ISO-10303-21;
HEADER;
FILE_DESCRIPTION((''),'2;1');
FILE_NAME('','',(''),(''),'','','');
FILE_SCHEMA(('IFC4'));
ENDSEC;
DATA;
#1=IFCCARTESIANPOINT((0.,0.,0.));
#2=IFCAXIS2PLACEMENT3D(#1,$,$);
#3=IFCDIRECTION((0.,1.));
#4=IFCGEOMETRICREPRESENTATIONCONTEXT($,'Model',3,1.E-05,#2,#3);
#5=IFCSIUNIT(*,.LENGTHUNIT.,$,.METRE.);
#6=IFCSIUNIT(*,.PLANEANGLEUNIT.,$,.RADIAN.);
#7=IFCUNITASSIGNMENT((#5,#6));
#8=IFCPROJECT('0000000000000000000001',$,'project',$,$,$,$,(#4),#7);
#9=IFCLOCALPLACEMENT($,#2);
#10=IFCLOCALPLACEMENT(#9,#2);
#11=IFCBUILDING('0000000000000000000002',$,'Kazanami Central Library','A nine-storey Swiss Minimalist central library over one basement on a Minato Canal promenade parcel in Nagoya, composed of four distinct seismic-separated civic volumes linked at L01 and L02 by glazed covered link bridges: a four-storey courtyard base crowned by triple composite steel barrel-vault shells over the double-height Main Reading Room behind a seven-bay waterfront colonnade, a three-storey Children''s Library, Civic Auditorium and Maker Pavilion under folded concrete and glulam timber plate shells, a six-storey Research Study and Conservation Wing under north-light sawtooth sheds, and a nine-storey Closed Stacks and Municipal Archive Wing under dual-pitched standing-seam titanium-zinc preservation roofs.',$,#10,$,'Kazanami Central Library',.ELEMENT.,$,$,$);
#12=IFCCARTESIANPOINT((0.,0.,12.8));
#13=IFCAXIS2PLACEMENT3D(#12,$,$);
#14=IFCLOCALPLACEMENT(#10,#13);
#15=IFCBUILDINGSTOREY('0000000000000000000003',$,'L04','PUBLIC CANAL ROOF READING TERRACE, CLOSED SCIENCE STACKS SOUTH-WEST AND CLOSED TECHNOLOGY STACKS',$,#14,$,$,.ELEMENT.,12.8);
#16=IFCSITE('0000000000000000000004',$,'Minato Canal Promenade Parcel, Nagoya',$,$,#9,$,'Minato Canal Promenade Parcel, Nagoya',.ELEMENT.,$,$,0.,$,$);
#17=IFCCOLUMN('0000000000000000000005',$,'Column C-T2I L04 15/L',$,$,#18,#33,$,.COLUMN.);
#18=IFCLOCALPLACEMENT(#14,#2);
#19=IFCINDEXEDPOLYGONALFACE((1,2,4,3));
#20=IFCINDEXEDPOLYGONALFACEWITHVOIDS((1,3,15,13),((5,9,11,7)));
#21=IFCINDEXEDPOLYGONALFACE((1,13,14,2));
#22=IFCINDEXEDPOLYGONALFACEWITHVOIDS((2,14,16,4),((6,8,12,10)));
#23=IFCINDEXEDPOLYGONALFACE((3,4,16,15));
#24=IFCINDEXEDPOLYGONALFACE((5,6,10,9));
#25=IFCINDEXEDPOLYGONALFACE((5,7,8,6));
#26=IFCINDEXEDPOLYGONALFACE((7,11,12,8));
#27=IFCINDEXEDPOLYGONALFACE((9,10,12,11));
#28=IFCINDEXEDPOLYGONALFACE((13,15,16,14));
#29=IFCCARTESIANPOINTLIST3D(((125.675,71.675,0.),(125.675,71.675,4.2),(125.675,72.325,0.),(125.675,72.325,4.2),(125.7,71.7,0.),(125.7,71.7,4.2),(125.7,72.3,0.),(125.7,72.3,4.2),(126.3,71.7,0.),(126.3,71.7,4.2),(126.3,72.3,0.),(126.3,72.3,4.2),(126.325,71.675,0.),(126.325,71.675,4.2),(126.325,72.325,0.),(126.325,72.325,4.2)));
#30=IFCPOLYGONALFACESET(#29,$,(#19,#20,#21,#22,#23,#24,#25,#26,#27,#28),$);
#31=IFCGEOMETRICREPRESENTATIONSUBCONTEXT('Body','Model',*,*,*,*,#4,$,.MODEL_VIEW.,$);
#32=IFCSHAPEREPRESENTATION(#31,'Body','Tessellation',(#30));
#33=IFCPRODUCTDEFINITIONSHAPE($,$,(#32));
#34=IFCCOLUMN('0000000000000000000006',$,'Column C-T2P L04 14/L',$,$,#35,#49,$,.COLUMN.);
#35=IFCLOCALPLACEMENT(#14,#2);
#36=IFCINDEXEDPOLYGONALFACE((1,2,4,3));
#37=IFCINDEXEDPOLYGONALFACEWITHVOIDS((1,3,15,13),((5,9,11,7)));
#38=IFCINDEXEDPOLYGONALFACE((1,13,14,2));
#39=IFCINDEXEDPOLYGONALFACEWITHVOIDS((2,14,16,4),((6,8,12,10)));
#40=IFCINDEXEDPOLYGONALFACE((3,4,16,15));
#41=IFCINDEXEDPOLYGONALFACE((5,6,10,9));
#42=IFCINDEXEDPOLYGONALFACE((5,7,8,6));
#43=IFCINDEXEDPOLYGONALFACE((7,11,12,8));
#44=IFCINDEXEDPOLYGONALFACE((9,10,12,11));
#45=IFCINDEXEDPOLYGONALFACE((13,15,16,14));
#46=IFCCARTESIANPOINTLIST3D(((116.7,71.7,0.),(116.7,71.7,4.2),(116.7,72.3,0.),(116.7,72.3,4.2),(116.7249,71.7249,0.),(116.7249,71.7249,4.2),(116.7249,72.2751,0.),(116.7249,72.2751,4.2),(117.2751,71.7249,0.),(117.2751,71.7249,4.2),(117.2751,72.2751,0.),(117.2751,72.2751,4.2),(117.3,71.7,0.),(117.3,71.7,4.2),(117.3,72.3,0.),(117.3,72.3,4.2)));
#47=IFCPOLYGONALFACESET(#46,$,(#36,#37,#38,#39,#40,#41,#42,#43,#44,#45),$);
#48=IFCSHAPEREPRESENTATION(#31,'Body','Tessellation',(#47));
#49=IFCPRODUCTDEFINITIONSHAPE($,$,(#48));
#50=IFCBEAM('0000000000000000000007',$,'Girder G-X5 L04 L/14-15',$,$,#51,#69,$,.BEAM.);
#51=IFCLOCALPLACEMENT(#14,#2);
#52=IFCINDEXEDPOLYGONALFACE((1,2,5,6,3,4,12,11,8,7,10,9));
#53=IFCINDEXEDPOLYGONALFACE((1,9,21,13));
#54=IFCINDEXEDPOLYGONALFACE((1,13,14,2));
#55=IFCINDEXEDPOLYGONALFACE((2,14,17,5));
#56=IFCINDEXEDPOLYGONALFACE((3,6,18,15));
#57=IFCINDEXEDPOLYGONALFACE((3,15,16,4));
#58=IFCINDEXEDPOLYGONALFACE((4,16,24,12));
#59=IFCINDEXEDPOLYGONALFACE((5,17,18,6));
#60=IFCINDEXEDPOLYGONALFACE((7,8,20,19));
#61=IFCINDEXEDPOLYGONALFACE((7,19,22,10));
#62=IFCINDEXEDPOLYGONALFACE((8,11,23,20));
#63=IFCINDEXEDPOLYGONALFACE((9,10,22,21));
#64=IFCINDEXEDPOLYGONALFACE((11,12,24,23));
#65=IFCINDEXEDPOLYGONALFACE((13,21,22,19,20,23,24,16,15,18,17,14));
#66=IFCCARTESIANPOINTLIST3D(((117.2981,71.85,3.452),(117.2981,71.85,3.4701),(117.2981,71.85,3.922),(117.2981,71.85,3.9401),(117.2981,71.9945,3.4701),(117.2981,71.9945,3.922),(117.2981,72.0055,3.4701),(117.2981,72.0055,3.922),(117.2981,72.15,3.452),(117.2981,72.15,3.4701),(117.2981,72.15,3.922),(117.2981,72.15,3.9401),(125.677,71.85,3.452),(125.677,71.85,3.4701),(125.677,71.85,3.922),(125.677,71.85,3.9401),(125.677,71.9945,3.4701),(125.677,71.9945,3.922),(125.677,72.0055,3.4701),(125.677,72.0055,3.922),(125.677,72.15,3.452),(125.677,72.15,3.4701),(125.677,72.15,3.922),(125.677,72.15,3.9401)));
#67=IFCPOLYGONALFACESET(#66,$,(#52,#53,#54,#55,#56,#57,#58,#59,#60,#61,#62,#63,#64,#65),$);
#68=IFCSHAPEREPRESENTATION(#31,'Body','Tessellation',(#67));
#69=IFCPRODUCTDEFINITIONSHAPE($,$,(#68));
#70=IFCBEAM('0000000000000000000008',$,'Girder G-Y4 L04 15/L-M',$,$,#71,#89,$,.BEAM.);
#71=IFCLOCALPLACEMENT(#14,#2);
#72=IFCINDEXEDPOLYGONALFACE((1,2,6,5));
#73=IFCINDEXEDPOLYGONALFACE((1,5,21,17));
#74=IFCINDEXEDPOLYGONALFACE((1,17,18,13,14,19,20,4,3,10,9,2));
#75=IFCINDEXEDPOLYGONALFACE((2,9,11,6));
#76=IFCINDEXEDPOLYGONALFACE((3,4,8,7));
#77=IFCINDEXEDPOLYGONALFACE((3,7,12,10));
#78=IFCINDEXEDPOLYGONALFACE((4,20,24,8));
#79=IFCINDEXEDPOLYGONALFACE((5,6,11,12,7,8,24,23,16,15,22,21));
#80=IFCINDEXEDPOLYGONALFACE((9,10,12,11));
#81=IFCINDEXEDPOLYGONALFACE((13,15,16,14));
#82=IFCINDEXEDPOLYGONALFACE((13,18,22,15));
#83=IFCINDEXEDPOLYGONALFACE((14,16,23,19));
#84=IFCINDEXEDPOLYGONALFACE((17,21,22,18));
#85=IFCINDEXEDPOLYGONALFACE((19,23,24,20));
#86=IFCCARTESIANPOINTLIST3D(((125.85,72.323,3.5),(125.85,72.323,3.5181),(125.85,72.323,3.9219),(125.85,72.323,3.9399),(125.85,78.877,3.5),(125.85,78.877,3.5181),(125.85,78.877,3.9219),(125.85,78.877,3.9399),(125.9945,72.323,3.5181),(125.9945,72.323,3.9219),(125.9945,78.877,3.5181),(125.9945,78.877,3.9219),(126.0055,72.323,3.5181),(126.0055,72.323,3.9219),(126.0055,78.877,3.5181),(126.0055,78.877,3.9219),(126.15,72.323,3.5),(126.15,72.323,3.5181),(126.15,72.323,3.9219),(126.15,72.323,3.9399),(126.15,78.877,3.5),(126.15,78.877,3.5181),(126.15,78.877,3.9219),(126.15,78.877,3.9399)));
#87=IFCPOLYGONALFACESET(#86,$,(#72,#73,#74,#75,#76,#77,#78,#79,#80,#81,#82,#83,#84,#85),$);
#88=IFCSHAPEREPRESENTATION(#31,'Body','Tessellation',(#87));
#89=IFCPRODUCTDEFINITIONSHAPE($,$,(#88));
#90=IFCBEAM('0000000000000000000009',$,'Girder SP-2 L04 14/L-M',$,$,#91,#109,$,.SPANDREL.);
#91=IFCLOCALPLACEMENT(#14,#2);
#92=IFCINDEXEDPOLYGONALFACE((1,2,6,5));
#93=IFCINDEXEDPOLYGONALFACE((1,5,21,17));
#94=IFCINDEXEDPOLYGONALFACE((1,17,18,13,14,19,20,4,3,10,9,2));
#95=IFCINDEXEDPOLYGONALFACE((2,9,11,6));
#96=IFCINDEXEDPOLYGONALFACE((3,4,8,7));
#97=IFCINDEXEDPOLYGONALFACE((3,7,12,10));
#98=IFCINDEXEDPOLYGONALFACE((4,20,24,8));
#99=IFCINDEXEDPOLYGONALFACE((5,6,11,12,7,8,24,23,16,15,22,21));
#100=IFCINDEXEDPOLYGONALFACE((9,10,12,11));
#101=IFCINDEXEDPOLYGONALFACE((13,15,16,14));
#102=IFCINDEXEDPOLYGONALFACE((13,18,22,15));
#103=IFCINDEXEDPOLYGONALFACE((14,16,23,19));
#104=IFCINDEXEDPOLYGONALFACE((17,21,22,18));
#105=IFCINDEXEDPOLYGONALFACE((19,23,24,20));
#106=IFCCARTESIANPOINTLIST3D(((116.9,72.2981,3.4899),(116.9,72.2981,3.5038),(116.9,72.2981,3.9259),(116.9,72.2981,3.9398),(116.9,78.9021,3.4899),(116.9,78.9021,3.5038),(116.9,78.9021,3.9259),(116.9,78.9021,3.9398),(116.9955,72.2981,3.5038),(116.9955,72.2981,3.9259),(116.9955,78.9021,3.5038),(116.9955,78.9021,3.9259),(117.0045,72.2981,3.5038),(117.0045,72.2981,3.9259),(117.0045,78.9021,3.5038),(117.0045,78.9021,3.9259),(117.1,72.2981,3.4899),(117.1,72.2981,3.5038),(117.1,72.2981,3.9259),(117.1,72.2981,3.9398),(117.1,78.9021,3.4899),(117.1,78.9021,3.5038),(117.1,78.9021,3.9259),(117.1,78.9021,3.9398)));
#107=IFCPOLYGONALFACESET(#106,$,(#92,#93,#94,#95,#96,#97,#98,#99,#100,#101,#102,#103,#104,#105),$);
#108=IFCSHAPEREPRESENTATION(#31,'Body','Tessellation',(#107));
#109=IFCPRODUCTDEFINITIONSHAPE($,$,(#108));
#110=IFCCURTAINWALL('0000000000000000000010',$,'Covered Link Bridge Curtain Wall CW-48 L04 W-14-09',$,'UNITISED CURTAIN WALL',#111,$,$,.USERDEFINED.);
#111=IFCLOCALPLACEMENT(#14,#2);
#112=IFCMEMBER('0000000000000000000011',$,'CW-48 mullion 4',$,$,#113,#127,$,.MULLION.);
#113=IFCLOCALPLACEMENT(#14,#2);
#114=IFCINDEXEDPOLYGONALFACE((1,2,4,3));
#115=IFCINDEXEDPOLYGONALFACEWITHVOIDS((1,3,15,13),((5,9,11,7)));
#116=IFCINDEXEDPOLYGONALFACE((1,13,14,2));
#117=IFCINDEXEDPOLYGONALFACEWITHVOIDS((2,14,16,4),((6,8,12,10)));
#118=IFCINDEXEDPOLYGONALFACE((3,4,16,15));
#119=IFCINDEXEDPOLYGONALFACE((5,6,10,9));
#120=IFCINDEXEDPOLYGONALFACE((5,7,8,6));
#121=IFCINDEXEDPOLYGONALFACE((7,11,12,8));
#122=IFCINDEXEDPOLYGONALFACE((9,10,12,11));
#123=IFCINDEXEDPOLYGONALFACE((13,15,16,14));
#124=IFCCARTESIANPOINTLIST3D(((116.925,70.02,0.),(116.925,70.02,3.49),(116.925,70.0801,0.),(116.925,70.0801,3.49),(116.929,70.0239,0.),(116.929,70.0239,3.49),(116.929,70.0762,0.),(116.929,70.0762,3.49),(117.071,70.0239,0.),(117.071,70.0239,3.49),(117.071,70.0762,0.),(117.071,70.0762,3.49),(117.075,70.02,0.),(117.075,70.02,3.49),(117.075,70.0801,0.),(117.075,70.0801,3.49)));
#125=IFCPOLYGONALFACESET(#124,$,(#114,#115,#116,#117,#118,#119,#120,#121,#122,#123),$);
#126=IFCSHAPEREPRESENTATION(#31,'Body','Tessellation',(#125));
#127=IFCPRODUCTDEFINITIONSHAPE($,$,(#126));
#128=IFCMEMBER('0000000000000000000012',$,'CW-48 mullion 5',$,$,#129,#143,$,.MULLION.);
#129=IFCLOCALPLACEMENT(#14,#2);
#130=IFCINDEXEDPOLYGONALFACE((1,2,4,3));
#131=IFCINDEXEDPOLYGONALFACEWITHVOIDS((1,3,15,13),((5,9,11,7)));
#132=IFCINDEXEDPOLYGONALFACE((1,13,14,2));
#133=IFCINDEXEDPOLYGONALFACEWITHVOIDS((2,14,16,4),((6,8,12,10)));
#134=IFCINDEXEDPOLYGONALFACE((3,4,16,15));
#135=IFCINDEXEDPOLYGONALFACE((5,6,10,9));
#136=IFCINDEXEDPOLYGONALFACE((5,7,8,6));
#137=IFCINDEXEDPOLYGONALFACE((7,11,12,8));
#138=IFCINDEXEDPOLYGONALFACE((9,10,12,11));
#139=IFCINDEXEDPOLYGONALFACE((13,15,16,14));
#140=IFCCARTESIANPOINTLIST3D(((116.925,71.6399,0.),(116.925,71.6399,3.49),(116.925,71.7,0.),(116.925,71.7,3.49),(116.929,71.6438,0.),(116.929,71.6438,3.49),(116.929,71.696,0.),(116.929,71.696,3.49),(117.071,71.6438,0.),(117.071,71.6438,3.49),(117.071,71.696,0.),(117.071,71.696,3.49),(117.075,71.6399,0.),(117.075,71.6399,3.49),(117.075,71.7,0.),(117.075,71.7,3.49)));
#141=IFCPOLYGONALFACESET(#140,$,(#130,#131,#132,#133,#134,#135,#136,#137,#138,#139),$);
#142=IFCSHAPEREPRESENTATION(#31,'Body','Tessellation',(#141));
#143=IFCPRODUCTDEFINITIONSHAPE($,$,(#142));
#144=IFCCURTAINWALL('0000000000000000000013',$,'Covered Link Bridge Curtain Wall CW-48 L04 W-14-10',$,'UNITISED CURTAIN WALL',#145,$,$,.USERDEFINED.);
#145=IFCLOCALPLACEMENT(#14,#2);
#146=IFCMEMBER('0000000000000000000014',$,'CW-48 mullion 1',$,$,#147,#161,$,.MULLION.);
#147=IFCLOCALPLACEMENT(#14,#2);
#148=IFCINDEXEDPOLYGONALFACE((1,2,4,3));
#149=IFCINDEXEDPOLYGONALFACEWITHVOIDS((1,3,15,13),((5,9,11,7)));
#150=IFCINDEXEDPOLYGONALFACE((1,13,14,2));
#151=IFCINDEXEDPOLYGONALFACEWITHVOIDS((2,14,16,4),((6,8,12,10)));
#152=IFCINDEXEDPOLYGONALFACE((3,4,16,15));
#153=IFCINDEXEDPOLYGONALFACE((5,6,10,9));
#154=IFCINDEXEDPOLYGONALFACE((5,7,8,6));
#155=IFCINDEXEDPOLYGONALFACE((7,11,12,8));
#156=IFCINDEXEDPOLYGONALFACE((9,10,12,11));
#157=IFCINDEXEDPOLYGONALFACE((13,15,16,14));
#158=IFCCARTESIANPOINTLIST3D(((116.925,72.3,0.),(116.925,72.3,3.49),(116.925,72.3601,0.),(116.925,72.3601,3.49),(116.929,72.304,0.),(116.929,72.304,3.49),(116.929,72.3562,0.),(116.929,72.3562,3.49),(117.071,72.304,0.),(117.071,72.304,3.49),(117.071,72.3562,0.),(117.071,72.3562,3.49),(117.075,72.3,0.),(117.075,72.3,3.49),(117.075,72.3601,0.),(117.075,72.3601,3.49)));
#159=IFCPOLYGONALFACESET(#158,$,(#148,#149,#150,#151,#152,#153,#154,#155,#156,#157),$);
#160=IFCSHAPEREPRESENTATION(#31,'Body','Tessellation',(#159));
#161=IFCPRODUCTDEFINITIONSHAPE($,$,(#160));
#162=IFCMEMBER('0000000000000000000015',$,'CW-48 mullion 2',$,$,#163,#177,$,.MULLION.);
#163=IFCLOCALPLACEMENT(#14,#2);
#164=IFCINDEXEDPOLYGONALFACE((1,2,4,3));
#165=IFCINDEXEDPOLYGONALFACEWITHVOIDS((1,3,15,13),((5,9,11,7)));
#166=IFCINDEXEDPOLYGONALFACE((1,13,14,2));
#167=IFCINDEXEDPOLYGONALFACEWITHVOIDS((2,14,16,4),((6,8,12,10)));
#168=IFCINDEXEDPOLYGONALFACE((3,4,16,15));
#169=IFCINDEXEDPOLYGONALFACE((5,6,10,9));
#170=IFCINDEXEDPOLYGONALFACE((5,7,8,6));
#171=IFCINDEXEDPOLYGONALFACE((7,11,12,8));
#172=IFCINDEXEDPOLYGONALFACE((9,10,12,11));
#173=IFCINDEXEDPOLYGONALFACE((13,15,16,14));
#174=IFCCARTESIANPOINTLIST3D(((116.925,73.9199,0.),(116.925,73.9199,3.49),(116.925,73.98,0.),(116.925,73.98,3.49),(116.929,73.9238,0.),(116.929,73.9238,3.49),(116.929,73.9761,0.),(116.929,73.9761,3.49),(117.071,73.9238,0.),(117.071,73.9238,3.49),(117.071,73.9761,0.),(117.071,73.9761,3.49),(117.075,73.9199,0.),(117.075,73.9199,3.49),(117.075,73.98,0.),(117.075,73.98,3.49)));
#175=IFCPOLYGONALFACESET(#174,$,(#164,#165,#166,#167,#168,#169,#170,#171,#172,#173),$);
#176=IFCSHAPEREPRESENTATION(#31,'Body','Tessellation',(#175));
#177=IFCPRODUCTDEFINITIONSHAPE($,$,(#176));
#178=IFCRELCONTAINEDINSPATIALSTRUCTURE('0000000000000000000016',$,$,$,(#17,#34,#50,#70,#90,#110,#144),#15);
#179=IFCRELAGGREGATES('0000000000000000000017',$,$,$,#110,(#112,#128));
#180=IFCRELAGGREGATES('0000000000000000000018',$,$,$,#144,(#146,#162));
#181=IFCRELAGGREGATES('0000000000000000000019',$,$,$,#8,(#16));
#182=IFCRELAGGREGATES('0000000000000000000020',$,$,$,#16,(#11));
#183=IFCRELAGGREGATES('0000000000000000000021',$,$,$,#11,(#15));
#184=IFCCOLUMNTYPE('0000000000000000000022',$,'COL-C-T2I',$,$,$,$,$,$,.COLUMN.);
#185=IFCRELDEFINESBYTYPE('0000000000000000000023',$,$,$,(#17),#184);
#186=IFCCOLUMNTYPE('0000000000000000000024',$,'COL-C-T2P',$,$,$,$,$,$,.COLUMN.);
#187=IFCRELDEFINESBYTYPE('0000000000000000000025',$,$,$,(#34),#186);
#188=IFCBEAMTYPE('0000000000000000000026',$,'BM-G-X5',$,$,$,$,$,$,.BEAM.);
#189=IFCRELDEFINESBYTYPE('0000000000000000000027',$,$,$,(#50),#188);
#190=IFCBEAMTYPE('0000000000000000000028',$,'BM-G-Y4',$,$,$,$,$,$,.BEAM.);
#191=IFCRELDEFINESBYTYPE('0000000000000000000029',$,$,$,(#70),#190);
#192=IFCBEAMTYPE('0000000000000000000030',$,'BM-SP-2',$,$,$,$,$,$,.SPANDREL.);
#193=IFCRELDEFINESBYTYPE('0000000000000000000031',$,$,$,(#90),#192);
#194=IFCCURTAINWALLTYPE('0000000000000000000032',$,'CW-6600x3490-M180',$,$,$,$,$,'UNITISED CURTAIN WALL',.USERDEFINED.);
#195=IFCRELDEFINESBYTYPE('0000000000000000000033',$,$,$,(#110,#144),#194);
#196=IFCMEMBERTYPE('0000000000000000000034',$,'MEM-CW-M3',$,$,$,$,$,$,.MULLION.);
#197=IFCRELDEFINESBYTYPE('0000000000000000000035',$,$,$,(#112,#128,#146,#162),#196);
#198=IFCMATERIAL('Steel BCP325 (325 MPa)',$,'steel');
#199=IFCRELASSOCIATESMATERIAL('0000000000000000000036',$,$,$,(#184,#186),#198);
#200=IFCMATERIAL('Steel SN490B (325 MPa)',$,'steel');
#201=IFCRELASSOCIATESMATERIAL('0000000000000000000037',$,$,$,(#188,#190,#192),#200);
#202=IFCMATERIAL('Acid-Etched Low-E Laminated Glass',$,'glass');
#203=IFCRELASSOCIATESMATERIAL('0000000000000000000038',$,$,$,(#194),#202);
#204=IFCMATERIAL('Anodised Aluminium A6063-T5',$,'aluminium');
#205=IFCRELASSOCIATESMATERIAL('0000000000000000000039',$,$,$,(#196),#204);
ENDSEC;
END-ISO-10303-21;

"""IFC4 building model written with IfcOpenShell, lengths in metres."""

from ifc_helpers import new_model, si_unit, direction, frame, origin, origin_2d, place, context, subcontext, project, spatial, hollow_rectangle, i_section, extrude, material, material_profile, profile_set, type_object, element, aggregate, save


model = new_model("IFC4")

# Units and contexts
model_context = context("Model", 3, precision=1e-05, world=origin(), true_north=direction((0.0, 1.0)))
body_context = subcontext(model_context, "Body", "Model", "MODEL_VIEW")
ifc_project = project(units=[si_unit("LENGTHUNIT", "METRE"), si_unit("PLANEANGLEUNIT", "RADIAN")], contexts=[model_context])

# Site, building, storey
site_placement = place(None, origin())
site = spatial("IfcSite", under=ifc_project, at=site_placement, Name="Minato Canal Promenade Parcel, Nagoya", LongName="Minato Canal Promenade Parcel, Nagoya", CompositionType="ELEMENT", RefElevation=0.0)
building_placement = place(site_placement, origin())
building = spatial("IfcBuilding", under=site, at=building_placement, Name="Kazanami Central Library", Description="A nine-storey Swiss Minimalist central library over one basement on a Minato Canal promenade parcel in Nagoya, composed of four distinct seismic-separated civic volumes linked at L01 and L02 by glazed covered link bridges: a four-storey courtyard base crowned by triple composite steel barrel-vault shells over the double-height Main Reading Room behind a seven-bay waterfront colonnade, a three-storey Children's Library, Civic Auditorium and Maker Pavilion under folded concrete and glulam timber plate shells, a six-storey Research Study and Conservation Wing under north-light sawtooth sheds, and a nine-storey Closed Stacks and Municipal Archive Wing under dual-pitched standing-seam titanium-zinc preservation roofs.", LongName="Kazanami Central Library", CompositionType="ELEMENT")
storey_placement = place(building_placement, frame((0.0, 0.0, 12.8)))
storey = spatial("IfcBuildingStorey", under=building, at=storey_placement, Name="L04", Description="PUBLIC CANAL ROOF READING TERRACE, CLOSED SCIENCE STACKS SOUTH-WEST AND CLOSED TECHNOLOGY STACKS", CompositionType="ELEMENT", Elevation=12.8)

# Columns
ifc_material_1 = material(Name="Steel BCP325 (325 MPa)", Category="steel")
ifc_material_profile_1 = material_profile(ifc_material_1, hollow_rectangle(XDim=0.6499, YDim=0.6499, WallThickness=0.0249, at=origin_2d()), Name="BCP-650x650x25")
ifc_profile_set_1 = profile_set([ifc_material_profile_1], Name="Steel BCP325 (325 MPa)")
column_type_1 = type_object("IfcColumnType", Name="COL-C-T2I", PredefinedType="COLUMN", material=ifc_profile_set_1)
column_1_placement = place(storey_placement, frame((126.0, 72.0, 0.0), z_axis=(0.0, 0.0, 1.0), x_axis=(1.0, 0.0, 0.0)))
element("IfcColumn", 1, at=column_1_placement, inside=storey, type_object=column_type_1, Name="Column C-T2I L04 15/L", PredefinedType="COLUMN", context=body_context, shape_type="SweptSolid", body=[
    extrude(hollow_rectangle(XDim=0.6499, YDim=0.6499, WallThickness=0.0249, at=origin_2d()), origin(), (0.0, 0.0, 1.0), 4.2),
])
ifc_material_profile_2 = material_profile(ifc_material_1, hollow_rectangle(XDim=0.6001, YDim=0.6001, WallThickness=0.0249, at=origin_2d()), Name="BCP-600x600x25")
ifc_profile_set_2 = profile_set([ifc_material_profile_2], Name="Steel BCP325 (325 MPa)")
column_type_2 = type_object("IfcColumnType", Name="COL-C-T2P", PredefinedType="COLUMN", material=ifc_profile_set_2)
column_2_placement = place(storey_placement, frame((117.0, 72.0, 0.0), z_axis=(0.0, 0.0, 1.0), x_axis=(1.0, 0.0, 0.0)))
element("IfcColumn", 2, at=column_2_placement, inside=storey, type_object=column_type_2, Name="Column C-T2P L04 14/L", PredefinedType="COLUMN", context=body_context, shape_type="SweptSolid", body=[
    extrude(hollow_rectangle(XDim=0.6001, YDim=0.6001, WallThickness=0.0249, at=origin_2d()), origin(), (0.0, 0.0, 1.0), 4.2),
])

# Beams
ifc_material_2 = material(Name="Steel SN490B (325 MPa)", Category="steel")
ifc_material_profile_3 = material_profile(ifc_material_2, i_section(OverallWidth=0.3, OverallDepth=0.488, WebThickness=0.011, FlangeThickness=0.0181, at=origin_2d()), Name="H-488x300x11x18")
ifc_profile_set_3 = profile_set([ifc_material_profile_3], Name="Steel SN490B (325 MPa)")
beam_type_1 = type_object("IfcBeamType", Name="BM-G-X5", PredefinedType="BEAM", material=ifc_profile_set_3)
beam_1_placement = place(storey_placement, frame((117.2981, 72.0, 3.696), z_axis=(1.0, 0.0, 0.0), x_axis=(0.0, 1.0, 0.0)))
element("IfcBeam", 3, at=beam_1_placement, inside=storey, type_object=beam_type_1, Name="Girder G-X5 L04 L/14-15", PredefinedType="BEAM", context=body_context, shape_type="SweptSolid", body=[
    extrude(i_section(OverallWidth=0.3, OverallDepth=0.488, WebThickness=0.011, FlangeThickness=0.0181, at=origin_2d()), origin(), (0.0, 0.0, 1.0), 8.3789),
])
ifc_material_profile_4 = material_profile(ifc_material_2, i_section(OverallWidth=0.3, OverallDepth=0.4399, WebThickness=0.011, FlangeThickness=0.0181, at=origin_2d()), Name="H-440x300x11x18")
ifc_profile_set_4 = profile_set([ifc_material_profile_4], Name="Steel SN490B (325 MPa)")
beam_type_2 = type_object("IfcBeamType", Name="BM-G-Y4", PredefinedType="BEAM", material=ifc_profile_set_4)
beam_2_placement = place(storey_placement, frame((126.0, 72.323, 3.72), z_axis=(0.0, 1.0, 0.0), x_axis=(-1.0, 0.0, 0.0)))
element("IfcBeam", 4, at=beam_2_placement, inside=storey, type_object=beam_type_2, Name="Girder G-Y4 L04 15/L-M", PredefinedType="BEAM", context=body_context, shape_type="SweptSolid", body=[
    extrude(i_section(OverallWidth=0.3, OverallDepth=0.4399, WebThickness=0.011, FlangeThickness=0.0181, at=origin_2d()), origin(), (0.0, 0.0, 1.0), 6.554),
])
ifc_material_profile_5 = material_profile(ifc_material_2, i_section(OverallWidth=0.2, OverallDepth=0.45, WebThickness=0.009, FlangeThickness=0.0139, at=origin_2d()), Name="H-450x200x9x14")
ifc_profile_set_5 = profile_set([ifc_material_profile_5], Name="Steel SN490B (325 MPa)")
beam_type_3 = type_object("IfcBeamType", Name="BM-SP-2", PredefinedType="SPANDREL", material=ifc_profile_set_5)
beam_3_placement = place(storey_placement, frame((117.0, 72.2981, 3.7148), z_axis=(0.0, 1.0, 0.0), x_axis=(-1.0, 0.0, 0.0)))
element("IfcBeam", 5, at=beam_3_placement, inside=storey, type_object=beam_type_3, Name="Girder SP-2 L04 14/L-M", PredefinedType="SPANDREL", context=body_context, shape_type="SweptSolid", body=[
    extrude(i_section(OverallWidth=0.2, OverallDepth=0.45, WebThickness=0.009, FlangeThickness=0.0139, at=origin_2d()), origin(), (0.0, 0.0, 1.0), 6.604),
])

# Curtain walls, members
ifc_material_3 = material(Name="Acid-Etched Low-E Laminated Glass", Category="glass")
curtain_wall_type = type_object("IfcCurtainWallType", Name="CW-6600x3490-M180", ElementType="UNITISED CURTAIN WALL", PredefinedType="USERDEFINED", material=ifc_material_3)
curtain_wall_1_placement = place(storey_placement, origin())
curtain_wall_1 = element("IfcCurtainWall", 6, at=curtain_wall_1_placement, inside=storey, type_object=curtain_wall_type, Name="Covered Link Bridge Curtain Wall CW-48 L04 W-14-09", ObjectType="UNITISED CURTAIN WALL", PredefinedType="USERDEFINED")
ifc_material_4 = material(Name="Anodised Aluminium A6063-T5", Category="aluminium")
ifc_material_profile_6 = material_profile(ifc_material_4, hollow_rectangle(XDim=0.0601, YDim=0.1499, WallThickness=0.0039, at=origin_2d()), Name="ALU-MULL-60x150x4")
ifc_profile_set_6 = profile_set([ifc_material_profile_6], Name="Anodised Aluminium A6063-T5")
member_type_1 = type_object("IfcMemberType", Name="MEM-CW-M3", PredefinedType="MULLION", material=ifc_profile_set_6)
member_1_placement = place(storey_placement, frame((117.0, 70.05, 0.0), z_axis=(0.0, 0.0, 1.0), x_axis=(0.0, 1.0, 0.0)))
member_1 = element("IfcMember", 7, at=member_1_placement, type_object=member_type_1, Name="CW-48 mullion 4", PredefinedType="MULLION", context=body_context, shape_type="SweptSolid", body=[
    extrude(hollow_rectangle(XDim=0.0601, YDim=0.1499, WallThickness=0.0039, at=origin_2d()), origin(), (0.0, 0.0, 1.0), 3.49),
])
member_2_placement = place(storey_placement, frame((117.0, 71.6699, 0.0), z_axis=(0.0, 0.0, 1.0), x_axis=(0.0, 1.0, 0.0)))
member_2 = element("IfcMember", 8, at=member_2_placement, type_object=member_type_1, Name="CW-48 mullion 5", PredefinedType="MULLION", context=body_context, shape_type="SweptSolid", body=[
    extrude(hollow_rectangle(XDim=0.0601, YDim=0.1499, WallThickness=0.0039, at=origin_2d()), origin(), (0.0, 0.0, 1.0), 3.49),
])
curtain_wall_2_placement = place(storey_placement, origin())
curtain_wall_2 = element("IfcCurtainWall", 9, at=curtain_wall_2_placement, inside=storey, type_object=curtain_wall_type, Name="Covered Link Bridge Curtain Wall CW-48 L04 W-14-10", ObjectType="UNITISED CURTAIN WALL", PredefinedType="USERDEFINED")
member_3_placement = place(storey_placement, frame((117.0, 72.3301, 0.0), z_axis=(0.0, 0.0, 1.0), x_axis=(0.0, 1.0, 0.0)))
member_3 = element("IfcMember", 10, at=member_3_placement, type_object=member_type_1, Name="CW-48 mullion 1", PredefinedType="MULLION", context=body_context, shape_type="SweptSolid", body=[
    extrude(hollow_rectangle(XDim=0.0601, YDim=0.1499, WallThickness=0.0039, at=origin_2d()), origin(), (0.0, 0.0, 1.0), 3.49),
])
member_4_placement = place(storey_placement, frame((117.0, 73.95, 0.0), z_axis=(0.0, 0.0, 1.0), x_axis=(0.0, 1.0, 0.0)))
member_4 = element("IfcMember", 11, at=member_4_placement, type_object=member_type_1, Name="CW-48 mullion 2", PredefinedType="MULLION", context=body_context, shape_type="SweptSolid", body=[
    extrude(hollow_rectangle(XDim=0.0601, YDim=0.1499, WallThickness=0.0039, at=origin_2d()), origin(), (0.0, 0.0, 1.0), 3.49),
])

aggregate(curtain_wall_1, [member_1, member_2])
aggregate(curtain_wall_2, [member_3, member_4])

save(model, "model.ifc")
